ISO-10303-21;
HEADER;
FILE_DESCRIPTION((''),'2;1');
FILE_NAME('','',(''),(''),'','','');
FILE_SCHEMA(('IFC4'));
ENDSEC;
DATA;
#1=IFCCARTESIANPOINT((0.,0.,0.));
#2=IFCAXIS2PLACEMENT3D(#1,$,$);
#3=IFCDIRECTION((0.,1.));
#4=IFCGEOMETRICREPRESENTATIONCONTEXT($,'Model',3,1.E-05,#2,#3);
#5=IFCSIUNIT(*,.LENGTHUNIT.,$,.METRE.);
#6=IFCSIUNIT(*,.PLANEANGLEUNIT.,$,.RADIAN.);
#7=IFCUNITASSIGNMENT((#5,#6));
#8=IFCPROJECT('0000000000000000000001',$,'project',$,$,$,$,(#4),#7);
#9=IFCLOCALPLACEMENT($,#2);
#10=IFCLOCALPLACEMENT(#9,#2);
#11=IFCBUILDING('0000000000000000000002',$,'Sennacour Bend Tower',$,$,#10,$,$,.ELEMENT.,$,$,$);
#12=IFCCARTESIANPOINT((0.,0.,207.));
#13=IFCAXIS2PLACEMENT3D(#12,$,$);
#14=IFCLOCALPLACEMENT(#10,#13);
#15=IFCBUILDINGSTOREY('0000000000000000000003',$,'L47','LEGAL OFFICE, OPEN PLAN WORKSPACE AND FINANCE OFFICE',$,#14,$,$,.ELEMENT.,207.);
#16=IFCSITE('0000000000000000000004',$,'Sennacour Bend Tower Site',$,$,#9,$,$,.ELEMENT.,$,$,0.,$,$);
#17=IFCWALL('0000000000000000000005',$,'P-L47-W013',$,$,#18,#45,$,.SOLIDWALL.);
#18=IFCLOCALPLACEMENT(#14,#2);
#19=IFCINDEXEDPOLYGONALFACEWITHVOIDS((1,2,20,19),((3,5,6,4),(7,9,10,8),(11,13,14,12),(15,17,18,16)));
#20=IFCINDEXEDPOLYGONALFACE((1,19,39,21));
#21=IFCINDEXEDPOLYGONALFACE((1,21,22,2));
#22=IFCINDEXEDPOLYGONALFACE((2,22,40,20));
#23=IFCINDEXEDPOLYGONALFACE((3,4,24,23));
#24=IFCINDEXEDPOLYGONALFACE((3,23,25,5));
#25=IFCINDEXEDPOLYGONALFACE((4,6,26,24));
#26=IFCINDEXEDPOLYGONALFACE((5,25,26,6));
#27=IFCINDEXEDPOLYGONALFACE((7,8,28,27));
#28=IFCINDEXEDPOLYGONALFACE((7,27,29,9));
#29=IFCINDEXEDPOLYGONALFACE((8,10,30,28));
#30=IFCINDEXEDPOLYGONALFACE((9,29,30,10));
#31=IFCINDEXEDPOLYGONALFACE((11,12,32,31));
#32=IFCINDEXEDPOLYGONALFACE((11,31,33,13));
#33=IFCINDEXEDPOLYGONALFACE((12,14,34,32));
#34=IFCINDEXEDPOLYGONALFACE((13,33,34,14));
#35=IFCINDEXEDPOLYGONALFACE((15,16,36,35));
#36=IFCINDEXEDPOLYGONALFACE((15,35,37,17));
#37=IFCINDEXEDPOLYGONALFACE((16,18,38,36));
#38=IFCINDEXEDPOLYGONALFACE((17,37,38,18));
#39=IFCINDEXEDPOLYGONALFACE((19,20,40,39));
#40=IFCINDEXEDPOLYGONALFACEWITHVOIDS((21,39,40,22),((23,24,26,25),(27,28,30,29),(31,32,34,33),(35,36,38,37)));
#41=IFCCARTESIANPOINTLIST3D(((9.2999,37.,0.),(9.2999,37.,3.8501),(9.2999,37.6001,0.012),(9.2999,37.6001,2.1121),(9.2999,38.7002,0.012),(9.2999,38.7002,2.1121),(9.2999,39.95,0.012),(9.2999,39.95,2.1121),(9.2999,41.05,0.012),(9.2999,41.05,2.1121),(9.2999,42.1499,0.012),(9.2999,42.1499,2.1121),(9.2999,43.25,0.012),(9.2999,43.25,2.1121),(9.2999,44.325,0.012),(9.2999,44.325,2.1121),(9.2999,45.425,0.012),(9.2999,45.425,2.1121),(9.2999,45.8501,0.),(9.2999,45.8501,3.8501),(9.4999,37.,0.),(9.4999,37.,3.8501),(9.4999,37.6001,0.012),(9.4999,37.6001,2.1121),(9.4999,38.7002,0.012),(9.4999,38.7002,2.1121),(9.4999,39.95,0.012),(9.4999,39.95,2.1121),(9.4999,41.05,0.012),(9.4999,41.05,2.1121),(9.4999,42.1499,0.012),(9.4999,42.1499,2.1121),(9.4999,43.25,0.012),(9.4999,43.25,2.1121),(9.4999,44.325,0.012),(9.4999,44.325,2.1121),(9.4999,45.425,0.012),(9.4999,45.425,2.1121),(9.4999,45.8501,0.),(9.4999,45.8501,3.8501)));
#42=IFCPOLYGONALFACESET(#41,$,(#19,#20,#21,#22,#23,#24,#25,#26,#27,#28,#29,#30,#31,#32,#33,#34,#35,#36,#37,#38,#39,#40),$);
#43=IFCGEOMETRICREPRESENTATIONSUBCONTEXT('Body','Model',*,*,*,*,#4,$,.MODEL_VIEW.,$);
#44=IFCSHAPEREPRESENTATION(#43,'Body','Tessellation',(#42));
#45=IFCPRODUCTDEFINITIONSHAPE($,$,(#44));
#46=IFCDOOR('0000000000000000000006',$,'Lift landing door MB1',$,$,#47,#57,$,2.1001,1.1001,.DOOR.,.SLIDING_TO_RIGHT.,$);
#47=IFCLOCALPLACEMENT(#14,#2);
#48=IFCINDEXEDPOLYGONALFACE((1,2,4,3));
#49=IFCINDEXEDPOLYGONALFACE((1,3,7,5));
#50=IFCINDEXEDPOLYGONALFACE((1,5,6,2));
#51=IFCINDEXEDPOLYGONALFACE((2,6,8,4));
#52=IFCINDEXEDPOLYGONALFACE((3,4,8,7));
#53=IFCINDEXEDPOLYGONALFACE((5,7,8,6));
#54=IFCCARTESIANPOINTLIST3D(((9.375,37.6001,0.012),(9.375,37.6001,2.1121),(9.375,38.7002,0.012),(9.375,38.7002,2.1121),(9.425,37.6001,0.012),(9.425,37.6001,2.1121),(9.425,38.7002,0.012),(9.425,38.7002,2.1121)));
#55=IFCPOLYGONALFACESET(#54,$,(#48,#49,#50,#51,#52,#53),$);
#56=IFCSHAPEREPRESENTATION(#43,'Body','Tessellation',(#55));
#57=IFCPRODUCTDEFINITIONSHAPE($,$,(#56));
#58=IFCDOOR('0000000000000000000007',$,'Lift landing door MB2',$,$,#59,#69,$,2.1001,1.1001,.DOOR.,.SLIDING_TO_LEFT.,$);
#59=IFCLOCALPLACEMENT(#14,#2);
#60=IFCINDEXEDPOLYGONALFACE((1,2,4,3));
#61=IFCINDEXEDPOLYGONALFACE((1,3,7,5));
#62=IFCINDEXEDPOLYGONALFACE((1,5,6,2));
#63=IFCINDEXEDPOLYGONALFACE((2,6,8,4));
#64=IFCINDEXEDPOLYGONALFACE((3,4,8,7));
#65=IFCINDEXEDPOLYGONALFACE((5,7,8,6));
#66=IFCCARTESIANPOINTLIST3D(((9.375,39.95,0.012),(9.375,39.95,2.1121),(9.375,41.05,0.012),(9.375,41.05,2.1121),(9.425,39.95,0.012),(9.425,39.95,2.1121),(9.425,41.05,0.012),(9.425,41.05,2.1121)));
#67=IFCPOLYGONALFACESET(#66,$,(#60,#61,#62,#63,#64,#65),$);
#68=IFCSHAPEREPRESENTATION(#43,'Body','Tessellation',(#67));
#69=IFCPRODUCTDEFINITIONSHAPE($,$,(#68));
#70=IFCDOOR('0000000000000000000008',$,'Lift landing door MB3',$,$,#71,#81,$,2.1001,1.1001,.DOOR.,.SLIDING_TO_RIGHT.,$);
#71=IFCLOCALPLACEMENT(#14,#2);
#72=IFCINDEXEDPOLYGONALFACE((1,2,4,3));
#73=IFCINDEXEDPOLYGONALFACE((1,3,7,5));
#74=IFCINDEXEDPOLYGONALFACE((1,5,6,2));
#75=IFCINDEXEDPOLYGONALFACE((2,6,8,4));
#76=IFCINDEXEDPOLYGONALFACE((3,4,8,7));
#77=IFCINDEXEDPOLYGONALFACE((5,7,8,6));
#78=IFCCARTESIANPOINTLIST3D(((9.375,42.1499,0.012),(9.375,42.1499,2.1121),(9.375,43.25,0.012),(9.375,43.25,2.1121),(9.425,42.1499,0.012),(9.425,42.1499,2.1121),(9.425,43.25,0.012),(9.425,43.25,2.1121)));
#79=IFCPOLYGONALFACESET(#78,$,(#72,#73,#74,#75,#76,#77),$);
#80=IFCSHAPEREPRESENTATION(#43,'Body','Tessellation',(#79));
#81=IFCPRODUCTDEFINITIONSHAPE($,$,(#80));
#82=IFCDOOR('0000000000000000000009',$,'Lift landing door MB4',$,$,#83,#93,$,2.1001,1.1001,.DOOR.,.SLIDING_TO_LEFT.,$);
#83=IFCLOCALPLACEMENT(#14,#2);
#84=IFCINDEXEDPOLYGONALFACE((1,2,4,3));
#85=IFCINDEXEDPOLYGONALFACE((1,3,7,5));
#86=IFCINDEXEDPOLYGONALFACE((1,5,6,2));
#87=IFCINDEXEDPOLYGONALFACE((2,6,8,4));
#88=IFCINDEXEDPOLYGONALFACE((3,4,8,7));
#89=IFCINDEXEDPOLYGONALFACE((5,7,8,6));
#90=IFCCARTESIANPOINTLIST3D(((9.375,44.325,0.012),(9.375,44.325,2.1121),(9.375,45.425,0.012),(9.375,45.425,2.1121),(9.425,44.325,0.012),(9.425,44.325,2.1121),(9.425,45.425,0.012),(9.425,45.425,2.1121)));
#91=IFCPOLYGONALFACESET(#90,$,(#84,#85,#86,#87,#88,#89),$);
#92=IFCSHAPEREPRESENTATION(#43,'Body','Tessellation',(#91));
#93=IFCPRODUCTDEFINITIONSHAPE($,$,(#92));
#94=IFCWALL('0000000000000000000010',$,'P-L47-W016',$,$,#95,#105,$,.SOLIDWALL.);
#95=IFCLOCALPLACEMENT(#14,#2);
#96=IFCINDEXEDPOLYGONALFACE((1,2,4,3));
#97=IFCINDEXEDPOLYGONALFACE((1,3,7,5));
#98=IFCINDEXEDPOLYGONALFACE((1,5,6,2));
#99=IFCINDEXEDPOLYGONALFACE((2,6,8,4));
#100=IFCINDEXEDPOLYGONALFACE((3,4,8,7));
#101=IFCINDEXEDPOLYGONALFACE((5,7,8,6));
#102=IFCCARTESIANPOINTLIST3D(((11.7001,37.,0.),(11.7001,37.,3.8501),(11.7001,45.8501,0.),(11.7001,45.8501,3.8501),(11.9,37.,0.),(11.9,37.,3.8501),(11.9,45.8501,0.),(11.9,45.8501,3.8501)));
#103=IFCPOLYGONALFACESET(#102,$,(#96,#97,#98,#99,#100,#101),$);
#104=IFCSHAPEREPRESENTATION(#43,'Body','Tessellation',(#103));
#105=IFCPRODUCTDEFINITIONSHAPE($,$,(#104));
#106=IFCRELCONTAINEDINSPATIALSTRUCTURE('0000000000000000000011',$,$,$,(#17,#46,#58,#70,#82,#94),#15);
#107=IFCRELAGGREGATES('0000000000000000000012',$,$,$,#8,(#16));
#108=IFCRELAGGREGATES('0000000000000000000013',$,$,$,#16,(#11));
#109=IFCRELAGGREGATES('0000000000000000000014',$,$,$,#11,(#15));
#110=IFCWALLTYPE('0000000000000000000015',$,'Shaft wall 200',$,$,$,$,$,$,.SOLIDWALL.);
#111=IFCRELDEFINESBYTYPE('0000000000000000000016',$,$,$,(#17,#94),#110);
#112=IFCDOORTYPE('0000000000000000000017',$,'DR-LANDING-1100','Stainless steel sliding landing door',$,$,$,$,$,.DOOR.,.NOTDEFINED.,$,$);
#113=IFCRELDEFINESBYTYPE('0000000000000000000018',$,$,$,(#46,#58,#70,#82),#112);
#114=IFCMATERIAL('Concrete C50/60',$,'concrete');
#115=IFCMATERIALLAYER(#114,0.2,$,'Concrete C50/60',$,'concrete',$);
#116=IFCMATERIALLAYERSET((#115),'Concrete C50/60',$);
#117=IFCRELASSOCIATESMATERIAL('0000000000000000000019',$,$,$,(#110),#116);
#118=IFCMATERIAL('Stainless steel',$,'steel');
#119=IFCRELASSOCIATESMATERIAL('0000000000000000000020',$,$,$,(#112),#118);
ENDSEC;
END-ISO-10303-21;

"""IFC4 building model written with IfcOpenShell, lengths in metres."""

from ifc_helpers import new_model, si_unit, direction, frame, frame_2d, origin, place, context, subcontext, project, spatial, rectangle, extrude, material, layer, layer_set, type_object, element, fill, save


model = new_model("IFC4")

# Units and contexts
model_context = context("Model", 3, precision=1e-05, world=origin(), true_north=direction((0.0, 1.0)))
body_context = subcontext(model_context, "Body", "Model", "MODEL_VIEW")
ifc_project = project(units=[si_unit("LENGTHUNIT", "METRE"), si_unit("PLANEANGLEUNIT", "RADIAN")], contexts=[model_context])

# Site, building, storey
site_placement = place(None, origin())
site = spatial("IfcSite", under=ifc_project, at=site_placement, Name="Sennacour Bend Tower Site", CompositionType="ELEMENT", RefElevation=0.0)
building_placement = place(site_placement, origin())
building = spatial("IfcBuilding", under=site, at=building_placement, Name="Sennacour Bend Tower", CompositionType="ELEMENT")
storey_placement = place(building_placement, frame((0.0, 0.0, 207.0)))
storey = spatial("IfcBuildingStorey", under=building, at=storey_placement, Name="L47", Description="LEGAL OFFICE, OPEN PLAN WORKSPACE AND FINANCE OFFICE", CompositionType="ELEMENT", Elevation=207.0)

# Wall, openings, doors
ifc_material_1 = material(Name="Concrete C50/60", Category="concrete")
ifc_layer_1 = layer(ifc_material_1, 0.2, Name="Concrete C50/60", Category="concrete")
ifc_layer_set_1 = layer_set([ifc_layer_1], Name="Concrete C50/60")
wall_type_1 = type_object("IfcWallType", Name="Shaft wall 200", PredefinedType="SOLIDWALL", material=ifc_layer_set_1)
wall_1_placement = place(storey_placement, frame((9.3999, 37.0, 0.0), z_axis=(0.0, 0.0, 1.0), x_axis=(0.0, 1.0, 0.0)))
wall_1 = element("IfcWall", 1, at=wall_1_placement, inside=storey, type_object=wall_type_1, Name="P-L47-W013", PredefinedType="SOLIDWALL", context=body_context, shape_type="SweptSolid", body=[
    extrude(rectangle(XDim=8.8501, YDim=0.2, at=frame_2d((4.425, 0.0))), origin(), (0.0, 0.0, 1.0), 3.8501),
])
opening_1_placement = place(wall_1_placement, frame((0.6001, 0.0, 0.012)))
opening_1 = element("IfcOpeningElement", 2, at=opening_1_placement, cuts=wall_1, PredefinedType="OPENING", context=body_context, shape_type="SweptSolid", body=[
    extrude(rectangle(XDim=1.1001, YDim=2.1001, at=frame_2d((0.55, 1.05))), frame((0.0, 0.1099, 0.0), z_axis=(0.0, -1.0, 0.0), x_axis=(1.0, 0.0, 0.0)), (0.0, 0.0, 1.0), 0.22),
])
opening_2_placement = place(wall_1_placement, frame((2.95, 0.0, 0.012)))
opening_2 = element("IfcOpeningElement", 3, at=opening_2_placement, cuts=wall_1, PredefinedType="OPENING", context=body_context, shape_type="SweptSolid", body=[
    extrude(rectangle(XDim=1.1001, YDim=2.1001, at=frame_2d((0.55, 1.05))), frame((0.0, 0.1099, 0.0), z_axis=(0.0, -1.0, 0.0), x_axis=(1.0, 0.0, 0.0)), (0.0, 0.0, 1.0), 0.22),
])
opening_3_placement = place(wall_1_placement, frame((5.1499, 0.0, 0.012)))
opening_3 = element("IfcOpeningElement", 4, at=opening_3_placement, cuts=wall_1, PredefinedType="OPENING", context=body_context, shape_type="SweptSolid", body=[
    extrude(rectangle(XDim=1.1001, YDim=2.1001, at=frame_2d((0.55, 1.05))), frame((0.0, 0.1099, 0.0), z_axis=(0.0, -1.0, 0.0), x_axis=(1.0, 0.0, 0.0)), (0.0, 0.0, 1.0), 0.22),
])
opening_4_placement = place(wall_1_placement, frame((7.325, 0.0, 0.012)))
opening_4 = element("IfcOpeningElement", 5, at=opening_4_placement, cuts=wall_1, PredefinedType="OPENING", context=body_context, shape_type="SweptSolid", body=[
    extrude(rectangle(XDim=1.1001, YDim=2.1001, at=frame_2d((0.55, 1.05))), frame((0.0, 0.1099, 0.0), z_axis=(0.0, -1.0, 0.0), x_axis=(1.0, 0.0, 0.0)), (0.0, 0.0, 1.0), 0.22),
])
ifc_material_2 = material(Name="Stainless steel", Category="steel")
door_type_1 = type_object("IfcDoorType", Name="DR-LANDING-1100", Description="Stainless steel sliding landing door", OperationType="NOTDEFINED", PredefinedType="DOOR", material=ifc_material_2)
door_1_placement = place(opening_1_placement, origin())
door_1 = element("IfcDoor", 6, at=door_1_placement, inside=storey, type_object=door_type_1, Name="Lift landing door MB1", OperationType="SLIDING_TO_RIGHT", OverallHeight=2.1001, OverallWidth=1.1001, PredefinedType="DOOR", context=body_context, shape_type="SweptSolid", body=[
    extrude(rectangle(XDim=1.1001, YDim=2.1001, at=frame_2d((0.55, 1.05))), frame((0.0, 0.0249, 0.0), z_axis=(0.0, -1.0, 0.0), x_axis=(1.0, 0.0, 0.0)), (0.0, 0.0, 1.0), 0.05),
])
fill(opening_1, door_1)
door_2_placement = place(opening_2_placement, origin())
door_2 = element("IfcDoor", 7, at=door_2_placement, inside=storey, type_object=door_type_1, Name="Lift landing door MB2", OperationType="SLIDING_TO_LEFT", OverallHeight=2.1001, OverallWidth=1.1001, PredefinedType="DOOR", context=body_context, shape_type="SweptSolid", body=[
    extrude(rectangle(XDim=1.1001, YDim=2.1001, at=frame_2d((0.55, 1.05))), frame((0.0, 0.0249, 0.0), z_axis=(0.0, -1.0, 0.0), x_axis=(1.0, 0.0, 0.0)), (0.0, 0.0, 1.0), 0.05),
])
fill(opening_2, door_2)
door_3_placement = place(opening_3_placement, origin())
door_3 = element("IfcDoor", 8, at=door_3_placement, inside=storey, type_object=door_type_1, Name="Lift landing door MB3", OperationType="SLIDING_TO_RIGHT", OverallHeight=2.1001, OverallWidth=1.1001, PredefinedType="DOOR", context=body_context, shape_type="SweptSolid", body=[
    extrude(rectangle(XDim=1.1001, YDim=2.1001, at=frame_2d((0.55, 1.05))), frame((0.0, 0.0249, 0.0), z_axis=(0.0, -1.0, 0.0), x_axis=(1.0, 0.0, 0.0)), (0.0, 0.0, 1.0), 0.05),
])
fill(opening_3, door_3)
door_4_placement = place(opening_4_placement, origin())
door_4 = element("IfcDoor", 9, at=door_4_placement, inside=storey, type_object=door_type_1, Name="Lift landing door MB4", OperationType="SLIDING_TO_LEFT", OverallHeight=2.1001, OverallWidth=1.1001, PredefinedType="DOOR", context=body_context, shape_type="SweptSolid", body=[
    extrude(rectangle(XDim=1.1001, YDim=2.1001, at=frame_2d((0.55, 1.05))), frame((0.0, 0.0249, 0.0), z_axis=(0.0, -1.0, 0.0), x_axis=(1.0, 0.0, 0.0)), (0.0, 0.0, 1.0), 0.05),
])
fill(opening_4, door_4)

# Wall
wall_2_placement = place(storey_placement, frame((11.8, 37.0, 0.0), z_axis=(0.0, 0.0, 1.0), x_axis=(0.0, 1.0, 0.0)))
element("IfcWall", 10, at=wall_2_placement, inside=storey, type_object=wall_type_1, Name="P-L47-W016", PredefinedType="SOLIDWALL", context=body_context, shape_type="SweptSolid", body=[
    extrude(rectangle(XDim=8.8501, YDim=0.2, at=frame_2d((4.425, 0.0))), origin(), (0.0, 0.0, 1.0), 3.8501),
])

save(model, "model.ifc")
